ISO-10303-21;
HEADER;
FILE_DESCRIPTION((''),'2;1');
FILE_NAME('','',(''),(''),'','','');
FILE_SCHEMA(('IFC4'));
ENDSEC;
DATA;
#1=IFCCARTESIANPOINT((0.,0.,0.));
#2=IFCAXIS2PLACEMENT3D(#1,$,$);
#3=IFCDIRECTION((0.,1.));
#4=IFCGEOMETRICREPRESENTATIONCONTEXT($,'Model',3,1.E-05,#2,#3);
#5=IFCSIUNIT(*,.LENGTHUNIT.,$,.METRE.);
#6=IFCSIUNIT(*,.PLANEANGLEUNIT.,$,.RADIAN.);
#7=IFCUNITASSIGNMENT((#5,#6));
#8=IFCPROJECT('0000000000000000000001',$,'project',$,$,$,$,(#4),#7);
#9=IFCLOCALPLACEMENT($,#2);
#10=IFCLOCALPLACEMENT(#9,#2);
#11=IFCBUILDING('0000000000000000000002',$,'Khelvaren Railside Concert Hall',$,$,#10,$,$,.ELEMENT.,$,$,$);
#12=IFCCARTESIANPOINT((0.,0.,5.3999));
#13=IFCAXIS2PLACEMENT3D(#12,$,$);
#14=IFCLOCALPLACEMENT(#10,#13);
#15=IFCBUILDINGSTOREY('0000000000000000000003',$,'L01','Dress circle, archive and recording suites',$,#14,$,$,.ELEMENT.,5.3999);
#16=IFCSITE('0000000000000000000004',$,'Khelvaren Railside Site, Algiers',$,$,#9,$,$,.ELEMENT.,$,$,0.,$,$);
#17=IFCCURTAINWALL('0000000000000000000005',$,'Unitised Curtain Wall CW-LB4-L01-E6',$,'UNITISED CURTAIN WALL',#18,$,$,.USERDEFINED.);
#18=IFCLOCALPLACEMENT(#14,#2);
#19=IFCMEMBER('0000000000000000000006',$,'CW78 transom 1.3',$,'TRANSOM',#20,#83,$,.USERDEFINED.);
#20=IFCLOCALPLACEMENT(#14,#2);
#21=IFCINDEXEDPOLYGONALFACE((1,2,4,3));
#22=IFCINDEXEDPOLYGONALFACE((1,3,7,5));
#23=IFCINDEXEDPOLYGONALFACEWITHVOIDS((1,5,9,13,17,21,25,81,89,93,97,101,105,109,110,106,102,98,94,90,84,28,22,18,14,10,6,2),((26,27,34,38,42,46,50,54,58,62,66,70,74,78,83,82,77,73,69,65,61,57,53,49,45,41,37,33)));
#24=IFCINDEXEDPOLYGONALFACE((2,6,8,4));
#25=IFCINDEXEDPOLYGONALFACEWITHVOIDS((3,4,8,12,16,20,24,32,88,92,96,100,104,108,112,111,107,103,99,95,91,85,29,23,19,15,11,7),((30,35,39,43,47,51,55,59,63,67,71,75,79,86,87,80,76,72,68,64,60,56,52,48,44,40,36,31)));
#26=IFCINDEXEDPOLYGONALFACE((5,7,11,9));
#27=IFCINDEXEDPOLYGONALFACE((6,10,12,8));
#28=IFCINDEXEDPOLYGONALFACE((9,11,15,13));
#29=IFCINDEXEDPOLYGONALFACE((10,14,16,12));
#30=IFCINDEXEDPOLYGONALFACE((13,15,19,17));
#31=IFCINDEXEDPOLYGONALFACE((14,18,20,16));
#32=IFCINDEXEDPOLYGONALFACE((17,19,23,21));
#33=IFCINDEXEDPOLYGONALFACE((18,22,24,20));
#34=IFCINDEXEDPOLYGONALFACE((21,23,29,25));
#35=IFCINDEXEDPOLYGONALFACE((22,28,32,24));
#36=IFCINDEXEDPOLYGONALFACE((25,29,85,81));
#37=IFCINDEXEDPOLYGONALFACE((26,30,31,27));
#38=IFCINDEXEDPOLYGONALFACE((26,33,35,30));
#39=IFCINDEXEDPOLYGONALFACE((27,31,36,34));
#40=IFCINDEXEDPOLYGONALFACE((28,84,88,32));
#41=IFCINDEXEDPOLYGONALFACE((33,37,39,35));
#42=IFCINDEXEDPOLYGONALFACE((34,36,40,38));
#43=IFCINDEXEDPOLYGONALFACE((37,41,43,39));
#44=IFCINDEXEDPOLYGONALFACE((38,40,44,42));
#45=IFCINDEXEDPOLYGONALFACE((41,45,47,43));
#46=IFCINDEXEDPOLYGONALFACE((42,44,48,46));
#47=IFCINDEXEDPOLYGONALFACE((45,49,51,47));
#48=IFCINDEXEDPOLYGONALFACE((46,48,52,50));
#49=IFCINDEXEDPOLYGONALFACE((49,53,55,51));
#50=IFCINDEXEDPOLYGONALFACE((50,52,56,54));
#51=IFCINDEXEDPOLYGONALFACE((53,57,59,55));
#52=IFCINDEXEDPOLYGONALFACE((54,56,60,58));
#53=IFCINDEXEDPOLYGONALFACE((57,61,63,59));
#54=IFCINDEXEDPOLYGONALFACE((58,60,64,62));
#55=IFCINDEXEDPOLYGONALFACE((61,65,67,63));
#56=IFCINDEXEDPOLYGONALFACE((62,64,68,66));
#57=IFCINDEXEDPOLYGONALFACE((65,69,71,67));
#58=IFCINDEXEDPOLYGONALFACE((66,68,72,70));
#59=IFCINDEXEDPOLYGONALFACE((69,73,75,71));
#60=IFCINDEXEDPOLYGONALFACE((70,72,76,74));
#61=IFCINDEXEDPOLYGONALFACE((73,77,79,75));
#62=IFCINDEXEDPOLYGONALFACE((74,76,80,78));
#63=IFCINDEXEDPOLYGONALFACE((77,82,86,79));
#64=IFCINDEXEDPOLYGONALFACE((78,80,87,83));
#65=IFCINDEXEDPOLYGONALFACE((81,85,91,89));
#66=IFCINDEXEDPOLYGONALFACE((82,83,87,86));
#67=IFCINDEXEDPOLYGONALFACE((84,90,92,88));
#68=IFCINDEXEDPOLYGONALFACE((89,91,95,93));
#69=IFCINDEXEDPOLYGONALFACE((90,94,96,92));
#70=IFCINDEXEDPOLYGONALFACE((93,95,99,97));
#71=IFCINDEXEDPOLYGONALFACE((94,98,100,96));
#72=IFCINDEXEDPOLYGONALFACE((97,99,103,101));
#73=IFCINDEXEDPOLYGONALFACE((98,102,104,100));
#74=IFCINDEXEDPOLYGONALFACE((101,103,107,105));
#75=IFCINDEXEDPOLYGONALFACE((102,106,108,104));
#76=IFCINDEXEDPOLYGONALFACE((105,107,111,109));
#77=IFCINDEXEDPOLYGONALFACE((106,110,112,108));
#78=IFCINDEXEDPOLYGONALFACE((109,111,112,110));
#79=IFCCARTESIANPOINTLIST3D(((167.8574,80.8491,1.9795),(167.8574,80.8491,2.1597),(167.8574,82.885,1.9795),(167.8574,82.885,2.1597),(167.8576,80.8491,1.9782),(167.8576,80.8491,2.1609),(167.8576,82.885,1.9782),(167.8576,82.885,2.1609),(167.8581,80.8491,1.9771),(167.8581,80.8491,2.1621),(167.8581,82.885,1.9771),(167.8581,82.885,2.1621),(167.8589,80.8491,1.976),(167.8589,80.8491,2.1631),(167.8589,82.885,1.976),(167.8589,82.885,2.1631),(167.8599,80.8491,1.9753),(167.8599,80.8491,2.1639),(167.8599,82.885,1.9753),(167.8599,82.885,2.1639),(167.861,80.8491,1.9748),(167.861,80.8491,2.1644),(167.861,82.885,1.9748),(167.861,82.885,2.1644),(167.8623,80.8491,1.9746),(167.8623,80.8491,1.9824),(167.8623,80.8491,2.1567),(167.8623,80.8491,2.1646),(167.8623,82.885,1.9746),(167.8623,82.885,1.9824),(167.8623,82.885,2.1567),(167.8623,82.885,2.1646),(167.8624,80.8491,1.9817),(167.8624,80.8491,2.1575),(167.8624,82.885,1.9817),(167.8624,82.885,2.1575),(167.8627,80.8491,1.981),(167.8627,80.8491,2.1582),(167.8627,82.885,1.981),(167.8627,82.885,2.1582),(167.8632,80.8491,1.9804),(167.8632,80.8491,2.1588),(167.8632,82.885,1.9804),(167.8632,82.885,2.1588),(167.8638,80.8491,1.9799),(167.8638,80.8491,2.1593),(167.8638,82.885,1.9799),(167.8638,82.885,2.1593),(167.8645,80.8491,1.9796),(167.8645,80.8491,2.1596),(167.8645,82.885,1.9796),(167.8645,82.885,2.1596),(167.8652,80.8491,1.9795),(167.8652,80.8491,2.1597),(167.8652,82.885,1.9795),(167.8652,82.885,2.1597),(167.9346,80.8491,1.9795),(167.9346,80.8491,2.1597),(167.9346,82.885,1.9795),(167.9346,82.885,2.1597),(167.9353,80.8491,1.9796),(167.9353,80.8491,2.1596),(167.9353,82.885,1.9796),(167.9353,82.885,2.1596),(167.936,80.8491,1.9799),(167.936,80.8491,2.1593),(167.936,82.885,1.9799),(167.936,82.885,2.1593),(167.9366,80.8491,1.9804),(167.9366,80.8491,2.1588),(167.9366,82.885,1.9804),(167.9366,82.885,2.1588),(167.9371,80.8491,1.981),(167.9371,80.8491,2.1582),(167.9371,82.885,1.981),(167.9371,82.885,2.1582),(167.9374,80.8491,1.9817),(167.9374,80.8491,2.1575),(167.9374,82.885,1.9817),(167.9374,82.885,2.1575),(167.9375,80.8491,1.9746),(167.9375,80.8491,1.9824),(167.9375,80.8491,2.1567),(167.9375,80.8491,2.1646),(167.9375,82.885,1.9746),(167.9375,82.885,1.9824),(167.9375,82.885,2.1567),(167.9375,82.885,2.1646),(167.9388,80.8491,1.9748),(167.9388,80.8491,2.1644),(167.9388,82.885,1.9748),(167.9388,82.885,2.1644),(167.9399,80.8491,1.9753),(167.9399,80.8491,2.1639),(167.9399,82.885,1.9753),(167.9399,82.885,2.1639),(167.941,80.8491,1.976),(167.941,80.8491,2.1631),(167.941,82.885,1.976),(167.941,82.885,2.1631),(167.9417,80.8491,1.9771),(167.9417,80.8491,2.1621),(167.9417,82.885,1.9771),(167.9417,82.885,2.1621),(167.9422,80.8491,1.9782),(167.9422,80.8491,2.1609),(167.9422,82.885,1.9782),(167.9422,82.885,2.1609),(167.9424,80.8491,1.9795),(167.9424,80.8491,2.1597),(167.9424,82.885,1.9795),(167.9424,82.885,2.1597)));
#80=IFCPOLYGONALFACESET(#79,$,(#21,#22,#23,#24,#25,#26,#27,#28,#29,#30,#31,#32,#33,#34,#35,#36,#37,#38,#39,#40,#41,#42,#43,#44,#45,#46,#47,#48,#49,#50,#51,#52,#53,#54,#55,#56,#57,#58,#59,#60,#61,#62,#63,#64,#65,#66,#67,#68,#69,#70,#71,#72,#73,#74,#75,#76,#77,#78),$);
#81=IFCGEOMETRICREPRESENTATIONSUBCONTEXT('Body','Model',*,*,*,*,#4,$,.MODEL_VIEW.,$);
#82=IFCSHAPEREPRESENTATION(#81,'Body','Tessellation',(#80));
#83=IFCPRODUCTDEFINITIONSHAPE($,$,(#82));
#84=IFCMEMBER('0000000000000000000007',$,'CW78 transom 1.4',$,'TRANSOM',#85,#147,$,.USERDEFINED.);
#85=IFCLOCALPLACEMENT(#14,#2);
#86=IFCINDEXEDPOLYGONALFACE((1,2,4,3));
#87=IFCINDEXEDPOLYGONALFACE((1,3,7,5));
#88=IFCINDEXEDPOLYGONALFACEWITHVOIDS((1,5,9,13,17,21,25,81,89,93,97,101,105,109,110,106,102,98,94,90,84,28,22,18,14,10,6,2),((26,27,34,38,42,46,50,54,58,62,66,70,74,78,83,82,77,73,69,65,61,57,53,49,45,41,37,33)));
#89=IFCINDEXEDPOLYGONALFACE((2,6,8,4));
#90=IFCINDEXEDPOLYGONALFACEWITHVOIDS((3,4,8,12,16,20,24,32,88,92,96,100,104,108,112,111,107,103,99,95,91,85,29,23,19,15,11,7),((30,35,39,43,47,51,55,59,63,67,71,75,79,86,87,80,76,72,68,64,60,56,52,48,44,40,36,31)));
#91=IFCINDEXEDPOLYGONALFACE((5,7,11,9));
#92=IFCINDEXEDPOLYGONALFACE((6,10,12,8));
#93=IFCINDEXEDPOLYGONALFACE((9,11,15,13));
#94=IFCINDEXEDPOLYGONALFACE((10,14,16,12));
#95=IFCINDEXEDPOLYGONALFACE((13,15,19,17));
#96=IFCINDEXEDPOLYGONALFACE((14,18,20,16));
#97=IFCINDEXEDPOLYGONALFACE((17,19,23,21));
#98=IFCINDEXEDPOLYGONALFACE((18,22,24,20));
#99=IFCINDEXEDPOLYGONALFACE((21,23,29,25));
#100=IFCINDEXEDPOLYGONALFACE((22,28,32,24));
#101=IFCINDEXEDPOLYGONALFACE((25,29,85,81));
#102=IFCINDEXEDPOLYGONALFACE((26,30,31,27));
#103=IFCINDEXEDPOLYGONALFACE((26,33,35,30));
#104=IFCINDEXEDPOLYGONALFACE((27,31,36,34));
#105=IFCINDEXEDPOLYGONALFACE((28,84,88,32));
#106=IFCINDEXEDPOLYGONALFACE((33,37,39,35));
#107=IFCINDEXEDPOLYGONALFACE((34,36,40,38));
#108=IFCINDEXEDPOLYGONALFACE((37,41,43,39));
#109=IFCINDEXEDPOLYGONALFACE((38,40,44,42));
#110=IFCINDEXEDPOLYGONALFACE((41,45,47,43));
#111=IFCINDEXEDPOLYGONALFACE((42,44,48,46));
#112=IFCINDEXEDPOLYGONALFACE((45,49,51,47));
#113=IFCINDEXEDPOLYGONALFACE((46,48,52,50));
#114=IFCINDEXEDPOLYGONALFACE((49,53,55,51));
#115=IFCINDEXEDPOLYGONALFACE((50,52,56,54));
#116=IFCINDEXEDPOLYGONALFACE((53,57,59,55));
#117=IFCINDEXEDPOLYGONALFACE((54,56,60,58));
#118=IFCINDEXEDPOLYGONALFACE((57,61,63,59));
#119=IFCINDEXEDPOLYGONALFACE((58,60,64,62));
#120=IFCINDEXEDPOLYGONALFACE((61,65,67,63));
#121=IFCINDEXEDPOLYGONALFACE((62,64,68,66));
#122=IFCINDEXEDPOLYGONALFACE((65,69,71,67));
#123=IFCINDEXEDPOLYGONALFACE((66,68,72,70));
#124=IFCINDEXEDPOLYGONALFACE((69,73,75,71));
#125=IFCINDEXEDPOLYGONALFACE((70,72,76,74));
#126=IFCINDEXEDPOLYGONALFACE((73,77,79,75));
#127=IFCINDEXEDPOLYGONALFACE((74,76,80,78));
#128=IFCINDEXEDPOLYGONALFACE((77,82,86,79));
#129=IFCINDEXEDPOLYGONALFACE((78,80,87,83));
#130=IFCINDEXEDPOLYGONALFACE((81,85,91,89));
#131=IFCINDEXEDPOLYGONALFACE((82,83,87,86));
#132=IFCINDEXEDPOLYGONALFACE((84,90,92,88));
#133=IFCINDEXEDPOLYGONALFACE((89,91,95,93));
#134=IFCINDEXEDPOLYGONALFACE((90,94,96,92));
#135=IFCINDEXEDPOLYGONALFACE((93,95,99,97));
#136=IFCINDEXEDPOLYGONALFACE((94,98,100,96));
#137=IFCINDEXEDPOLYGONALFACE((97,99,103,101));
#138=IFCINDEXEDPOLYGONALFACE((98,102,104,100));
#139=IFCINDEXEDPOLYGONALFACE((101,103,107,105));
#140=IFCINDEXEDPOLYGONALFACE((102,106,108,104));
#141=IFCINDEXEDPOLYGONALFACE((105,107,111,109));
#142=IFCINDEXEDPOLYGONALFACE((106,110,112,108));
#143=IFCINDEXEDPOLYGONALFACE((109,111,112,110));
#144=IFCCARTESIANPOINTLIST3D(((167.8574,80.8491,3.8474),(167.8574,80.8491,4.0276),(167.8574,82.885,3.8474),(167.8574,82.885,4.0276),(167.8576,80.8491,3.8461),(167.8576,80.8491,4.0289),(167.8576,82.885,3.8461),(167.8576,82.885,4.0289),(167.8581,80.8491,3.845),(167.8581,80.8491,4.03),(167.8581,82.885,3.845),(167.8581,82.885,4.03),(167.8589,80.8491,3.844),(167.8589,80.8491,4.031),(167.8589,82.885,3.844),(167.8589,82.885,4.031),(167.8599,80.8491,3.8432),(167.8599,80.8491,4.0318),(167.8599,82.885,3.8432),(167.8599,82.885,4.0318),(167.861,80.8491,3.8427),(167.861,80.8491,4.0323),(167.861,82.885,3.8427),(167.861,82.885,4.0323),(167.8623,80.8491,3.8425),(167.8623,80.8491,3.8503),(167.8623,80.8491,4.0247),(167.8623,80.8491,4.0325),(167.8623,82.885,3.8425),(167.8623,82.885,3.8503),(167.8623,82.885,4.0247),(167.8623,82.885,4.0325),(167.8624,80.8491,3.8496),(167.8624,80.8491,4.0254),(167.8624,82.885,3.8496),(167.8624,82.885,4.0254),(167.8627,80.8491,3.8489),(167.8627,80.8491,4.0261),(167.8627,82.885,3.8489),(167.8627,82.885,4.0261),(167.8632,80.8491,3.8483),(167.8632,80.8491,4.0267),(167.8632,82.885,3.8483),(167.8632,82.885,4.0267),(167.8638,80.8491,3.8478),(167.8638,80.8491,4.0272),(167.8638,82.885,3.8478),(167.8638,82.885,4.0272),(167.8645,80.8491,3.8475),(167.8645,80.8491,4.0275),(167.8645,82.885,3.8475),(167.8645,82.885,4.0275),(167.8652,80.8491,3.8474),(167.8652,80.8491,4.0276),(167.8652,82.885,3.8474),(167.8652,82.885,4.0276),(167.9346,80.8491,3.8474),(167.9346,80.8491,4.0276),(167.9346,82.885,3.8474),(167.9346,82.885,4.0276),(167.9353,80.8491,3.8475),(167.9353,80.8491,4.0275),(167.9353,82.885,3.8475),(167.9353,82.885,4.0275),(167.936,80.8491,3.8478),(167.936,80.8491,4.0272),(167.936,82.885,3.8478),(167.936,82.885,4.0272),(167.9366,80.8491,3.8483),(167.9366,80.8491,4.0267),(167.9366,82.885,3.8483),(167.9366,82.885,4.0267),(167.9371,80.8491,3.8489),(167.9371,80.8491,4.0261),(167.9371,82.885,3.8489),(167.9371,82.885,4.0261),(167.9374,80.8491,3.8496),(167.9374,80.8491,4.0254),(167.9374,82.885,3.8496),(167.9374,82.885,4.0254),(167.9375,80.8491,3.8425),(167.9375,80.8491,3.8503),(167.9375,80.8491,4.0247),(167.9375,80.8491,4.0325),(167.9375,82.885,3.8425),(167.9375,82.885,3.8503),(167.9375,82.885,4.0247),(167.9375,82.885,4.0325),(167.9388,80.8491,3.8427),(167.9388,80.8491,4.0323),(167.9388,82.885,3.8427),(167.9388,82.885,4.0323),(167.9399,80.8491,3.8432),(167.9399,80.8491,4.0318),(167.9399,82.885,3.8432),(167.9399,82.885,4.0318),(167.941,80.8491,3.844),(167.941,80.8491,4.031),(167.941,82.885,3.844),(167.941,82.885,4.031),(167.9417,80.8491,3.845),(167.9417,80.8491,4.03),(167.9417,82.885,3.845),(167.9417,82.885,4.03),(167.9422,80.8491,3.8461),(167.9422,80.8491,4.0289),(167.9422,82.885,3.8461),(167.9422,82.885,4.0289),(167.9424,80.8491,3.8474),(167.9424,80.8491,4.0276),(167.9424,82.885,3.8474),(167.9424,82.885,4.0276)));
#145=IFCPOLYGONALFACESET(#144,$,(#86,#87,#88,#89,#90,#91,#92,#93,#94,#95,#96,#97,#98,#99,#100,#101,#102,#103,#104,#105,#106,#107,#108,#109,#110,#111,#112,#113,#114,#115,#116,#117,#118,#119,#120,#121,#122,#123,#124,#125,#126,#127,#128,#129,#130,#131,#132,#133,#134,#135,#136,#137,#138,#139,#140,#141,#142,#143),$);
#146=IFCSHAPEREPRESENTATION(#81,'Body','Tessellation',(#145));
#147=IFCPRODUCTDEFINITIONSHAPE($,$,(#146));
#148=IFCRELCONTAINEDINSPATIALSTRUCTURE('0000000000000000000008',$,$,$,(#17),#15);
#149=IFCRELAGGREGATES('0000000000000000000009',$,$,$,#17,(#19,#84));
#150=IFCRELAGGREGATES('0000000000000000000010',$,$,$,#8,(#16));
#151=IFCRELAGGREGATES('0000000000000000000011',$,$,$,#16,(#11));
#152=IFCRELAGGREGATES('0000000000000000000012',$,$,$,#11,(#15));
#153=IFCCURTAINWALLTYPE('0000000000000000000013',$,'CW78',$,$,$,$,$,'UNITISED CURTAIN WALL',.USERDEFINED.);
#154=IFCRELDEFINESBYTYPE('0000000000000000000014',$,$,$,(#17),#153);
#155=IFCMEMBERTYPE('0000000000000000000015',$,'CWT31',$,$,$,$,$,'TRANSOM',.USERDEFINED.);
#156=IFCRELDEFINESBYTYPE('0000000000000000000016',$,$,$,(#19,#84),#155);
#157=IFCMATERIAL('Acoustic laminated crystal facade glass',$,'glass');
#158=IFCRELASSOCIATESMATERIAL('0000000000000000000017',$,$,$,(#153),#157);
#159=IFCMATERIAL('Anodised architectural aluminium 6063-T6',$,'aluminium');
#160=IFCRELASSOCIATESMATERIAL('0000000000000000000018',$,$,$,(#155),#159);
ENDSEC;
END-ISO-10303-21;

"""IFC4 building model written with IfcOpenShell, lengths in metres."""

from ifc_helpers import new_model, si_unit, direction, frame, origin, origin_2d, place, context, subcontext, project, spatial, hollow_rectangle, extrude, material, material_profile, profile_set, type_object, element, aggregate, save


model = new_model("IFC4")

# Units and contexts
model_context = context("Model", 3, precision=1e-05, world=origin(), true_north=direction((0.0, 1.0)))
body_context = subcontext(model_context, "Body", "Model", "MODEL_VIEW")
ifc_project = project(units=[si_unit("LENGTHUNIT", "METRE"), si_unit("PLANEANGLEUNIT", "RADIAN")], contexts=[model_context])

# Site, building, storey
site_placement = place(None, origin())
site = spatial("IfcSite", under=ifc_project, at=site_placement, Name="Khelvaren Railside Site, Algiers", CompositionType="ELEMENT", RefElevation=0.0)
building_placement = place(site_placement, origin())
building = spatial("IfcBuilding", under=site, at=building_placement, Name="Khelvaren Railside Concert Hall", CompositionType="ELEMENT")
storey_placement = place(building_placement, frame((0.0, 0.0, 5.3999)))
storey = spatial("IfcBuildingStorey", under=building, at=storey_placement, Name="L01", Description="Dress circle, archive and recording suites", CompositionType="ELEMENT", Elevation=5.3999)

# Curtain wall, members
ifc_material_1 = material(Name="Acoustic laminated crystal facade glass", Category="glass")
curtain_wall_type = type_object("IfcCurtainWallType", Name="CW78", ElementType="UNITISED CURTAIN WALL", PredefinedType="USERDEFINED", material=ifc_material_1)
curtain_wall_placement = place(storey_placement, origin())
curtain_wall = element("IfcCurtainWall", 1, at=curtain_wall_placement, inside=storey, type_object=curtain_wall_type, Name="Unitised Curtain Wall CW-LB4-L01-E6", ObjectType="UNITISED CURTAIN WALL", PredefinedType="USERDEFINED")
ifc_material_2 = material(Name="Anodised architectural aluminium 6063-T6", Category="aluminium")
ifc_material_profile_1 = material_profile(ifc_material_2, hollow_rectangle(XDim=0.085, YDim=0.1899, WallThickness=0.0049, InnerFilletRadius=0.0029, OuterFilletRadius=0.0049, at=origin_2d()), Name="CWT 85x190x5")
ifc_profile_set_1 = profile_set([ifc_material_profile_1], Name="Anodised architectural aluminium 6063-T6")
member_type_1 = type_object("IfcMemberType", Name="CWT31", ElementType="TRANSOM", PredefinedType="USERDEFINED", material=ifc_profile_set_1)
member_1_placement = place(storey_placement, frame((167.8999, 82.885, 2.0696), z_axis=(0.0, -1.0, 0.0), x_axis=(1.0, 0.0, 0.0)))
member_1 = element("IfcMember", 2, at=member_1_placement, type_object=member_type_1, Name="CW78 transom 1.3", ObjectType="TRANSOM", PredefinedType="USERDEFINED", context=body_context, shape_type="SweptSolid", body=[
    extrude(hollow_rectangle(XDim=0.085, YDim=0.1899, WallThickness=0.0049, InnerFilletRadius=0.0029, OuterFilletRadius=0.0049, at=origin_2d()), origin(), (0.0, 0.0, 1.0), 2.0359),
])
member_2_placement = place(storey_placement, frame((167.8999, 82.885, 3.9375), z_axis=(0.0, -1.0, 0.0), x_axis=(1.0, 0.0, 0.0)))
member_2 = element("IfcMember", 3, at=member_2_placement, type_object=member_type_1, Name="CW78 transom 1.4", ObjectType="TRANSOM", PredefinedType="USERDEFINED", context=body_context, shape_type="SweptSolid", body=[
    extrude(hollow_rectangle(XDim=0.085, YDim=0.1899, WallThickness=0.0049, InnerFilletRadius=0.0029, OuterFilletRadius=0.0049, at=origin_2d()), origin(), (0.0, 0.0, 1.0), 2.0359),
])
aggregate(curtain_wall, [member_1, member_2])

save(model, "model.ifc")
